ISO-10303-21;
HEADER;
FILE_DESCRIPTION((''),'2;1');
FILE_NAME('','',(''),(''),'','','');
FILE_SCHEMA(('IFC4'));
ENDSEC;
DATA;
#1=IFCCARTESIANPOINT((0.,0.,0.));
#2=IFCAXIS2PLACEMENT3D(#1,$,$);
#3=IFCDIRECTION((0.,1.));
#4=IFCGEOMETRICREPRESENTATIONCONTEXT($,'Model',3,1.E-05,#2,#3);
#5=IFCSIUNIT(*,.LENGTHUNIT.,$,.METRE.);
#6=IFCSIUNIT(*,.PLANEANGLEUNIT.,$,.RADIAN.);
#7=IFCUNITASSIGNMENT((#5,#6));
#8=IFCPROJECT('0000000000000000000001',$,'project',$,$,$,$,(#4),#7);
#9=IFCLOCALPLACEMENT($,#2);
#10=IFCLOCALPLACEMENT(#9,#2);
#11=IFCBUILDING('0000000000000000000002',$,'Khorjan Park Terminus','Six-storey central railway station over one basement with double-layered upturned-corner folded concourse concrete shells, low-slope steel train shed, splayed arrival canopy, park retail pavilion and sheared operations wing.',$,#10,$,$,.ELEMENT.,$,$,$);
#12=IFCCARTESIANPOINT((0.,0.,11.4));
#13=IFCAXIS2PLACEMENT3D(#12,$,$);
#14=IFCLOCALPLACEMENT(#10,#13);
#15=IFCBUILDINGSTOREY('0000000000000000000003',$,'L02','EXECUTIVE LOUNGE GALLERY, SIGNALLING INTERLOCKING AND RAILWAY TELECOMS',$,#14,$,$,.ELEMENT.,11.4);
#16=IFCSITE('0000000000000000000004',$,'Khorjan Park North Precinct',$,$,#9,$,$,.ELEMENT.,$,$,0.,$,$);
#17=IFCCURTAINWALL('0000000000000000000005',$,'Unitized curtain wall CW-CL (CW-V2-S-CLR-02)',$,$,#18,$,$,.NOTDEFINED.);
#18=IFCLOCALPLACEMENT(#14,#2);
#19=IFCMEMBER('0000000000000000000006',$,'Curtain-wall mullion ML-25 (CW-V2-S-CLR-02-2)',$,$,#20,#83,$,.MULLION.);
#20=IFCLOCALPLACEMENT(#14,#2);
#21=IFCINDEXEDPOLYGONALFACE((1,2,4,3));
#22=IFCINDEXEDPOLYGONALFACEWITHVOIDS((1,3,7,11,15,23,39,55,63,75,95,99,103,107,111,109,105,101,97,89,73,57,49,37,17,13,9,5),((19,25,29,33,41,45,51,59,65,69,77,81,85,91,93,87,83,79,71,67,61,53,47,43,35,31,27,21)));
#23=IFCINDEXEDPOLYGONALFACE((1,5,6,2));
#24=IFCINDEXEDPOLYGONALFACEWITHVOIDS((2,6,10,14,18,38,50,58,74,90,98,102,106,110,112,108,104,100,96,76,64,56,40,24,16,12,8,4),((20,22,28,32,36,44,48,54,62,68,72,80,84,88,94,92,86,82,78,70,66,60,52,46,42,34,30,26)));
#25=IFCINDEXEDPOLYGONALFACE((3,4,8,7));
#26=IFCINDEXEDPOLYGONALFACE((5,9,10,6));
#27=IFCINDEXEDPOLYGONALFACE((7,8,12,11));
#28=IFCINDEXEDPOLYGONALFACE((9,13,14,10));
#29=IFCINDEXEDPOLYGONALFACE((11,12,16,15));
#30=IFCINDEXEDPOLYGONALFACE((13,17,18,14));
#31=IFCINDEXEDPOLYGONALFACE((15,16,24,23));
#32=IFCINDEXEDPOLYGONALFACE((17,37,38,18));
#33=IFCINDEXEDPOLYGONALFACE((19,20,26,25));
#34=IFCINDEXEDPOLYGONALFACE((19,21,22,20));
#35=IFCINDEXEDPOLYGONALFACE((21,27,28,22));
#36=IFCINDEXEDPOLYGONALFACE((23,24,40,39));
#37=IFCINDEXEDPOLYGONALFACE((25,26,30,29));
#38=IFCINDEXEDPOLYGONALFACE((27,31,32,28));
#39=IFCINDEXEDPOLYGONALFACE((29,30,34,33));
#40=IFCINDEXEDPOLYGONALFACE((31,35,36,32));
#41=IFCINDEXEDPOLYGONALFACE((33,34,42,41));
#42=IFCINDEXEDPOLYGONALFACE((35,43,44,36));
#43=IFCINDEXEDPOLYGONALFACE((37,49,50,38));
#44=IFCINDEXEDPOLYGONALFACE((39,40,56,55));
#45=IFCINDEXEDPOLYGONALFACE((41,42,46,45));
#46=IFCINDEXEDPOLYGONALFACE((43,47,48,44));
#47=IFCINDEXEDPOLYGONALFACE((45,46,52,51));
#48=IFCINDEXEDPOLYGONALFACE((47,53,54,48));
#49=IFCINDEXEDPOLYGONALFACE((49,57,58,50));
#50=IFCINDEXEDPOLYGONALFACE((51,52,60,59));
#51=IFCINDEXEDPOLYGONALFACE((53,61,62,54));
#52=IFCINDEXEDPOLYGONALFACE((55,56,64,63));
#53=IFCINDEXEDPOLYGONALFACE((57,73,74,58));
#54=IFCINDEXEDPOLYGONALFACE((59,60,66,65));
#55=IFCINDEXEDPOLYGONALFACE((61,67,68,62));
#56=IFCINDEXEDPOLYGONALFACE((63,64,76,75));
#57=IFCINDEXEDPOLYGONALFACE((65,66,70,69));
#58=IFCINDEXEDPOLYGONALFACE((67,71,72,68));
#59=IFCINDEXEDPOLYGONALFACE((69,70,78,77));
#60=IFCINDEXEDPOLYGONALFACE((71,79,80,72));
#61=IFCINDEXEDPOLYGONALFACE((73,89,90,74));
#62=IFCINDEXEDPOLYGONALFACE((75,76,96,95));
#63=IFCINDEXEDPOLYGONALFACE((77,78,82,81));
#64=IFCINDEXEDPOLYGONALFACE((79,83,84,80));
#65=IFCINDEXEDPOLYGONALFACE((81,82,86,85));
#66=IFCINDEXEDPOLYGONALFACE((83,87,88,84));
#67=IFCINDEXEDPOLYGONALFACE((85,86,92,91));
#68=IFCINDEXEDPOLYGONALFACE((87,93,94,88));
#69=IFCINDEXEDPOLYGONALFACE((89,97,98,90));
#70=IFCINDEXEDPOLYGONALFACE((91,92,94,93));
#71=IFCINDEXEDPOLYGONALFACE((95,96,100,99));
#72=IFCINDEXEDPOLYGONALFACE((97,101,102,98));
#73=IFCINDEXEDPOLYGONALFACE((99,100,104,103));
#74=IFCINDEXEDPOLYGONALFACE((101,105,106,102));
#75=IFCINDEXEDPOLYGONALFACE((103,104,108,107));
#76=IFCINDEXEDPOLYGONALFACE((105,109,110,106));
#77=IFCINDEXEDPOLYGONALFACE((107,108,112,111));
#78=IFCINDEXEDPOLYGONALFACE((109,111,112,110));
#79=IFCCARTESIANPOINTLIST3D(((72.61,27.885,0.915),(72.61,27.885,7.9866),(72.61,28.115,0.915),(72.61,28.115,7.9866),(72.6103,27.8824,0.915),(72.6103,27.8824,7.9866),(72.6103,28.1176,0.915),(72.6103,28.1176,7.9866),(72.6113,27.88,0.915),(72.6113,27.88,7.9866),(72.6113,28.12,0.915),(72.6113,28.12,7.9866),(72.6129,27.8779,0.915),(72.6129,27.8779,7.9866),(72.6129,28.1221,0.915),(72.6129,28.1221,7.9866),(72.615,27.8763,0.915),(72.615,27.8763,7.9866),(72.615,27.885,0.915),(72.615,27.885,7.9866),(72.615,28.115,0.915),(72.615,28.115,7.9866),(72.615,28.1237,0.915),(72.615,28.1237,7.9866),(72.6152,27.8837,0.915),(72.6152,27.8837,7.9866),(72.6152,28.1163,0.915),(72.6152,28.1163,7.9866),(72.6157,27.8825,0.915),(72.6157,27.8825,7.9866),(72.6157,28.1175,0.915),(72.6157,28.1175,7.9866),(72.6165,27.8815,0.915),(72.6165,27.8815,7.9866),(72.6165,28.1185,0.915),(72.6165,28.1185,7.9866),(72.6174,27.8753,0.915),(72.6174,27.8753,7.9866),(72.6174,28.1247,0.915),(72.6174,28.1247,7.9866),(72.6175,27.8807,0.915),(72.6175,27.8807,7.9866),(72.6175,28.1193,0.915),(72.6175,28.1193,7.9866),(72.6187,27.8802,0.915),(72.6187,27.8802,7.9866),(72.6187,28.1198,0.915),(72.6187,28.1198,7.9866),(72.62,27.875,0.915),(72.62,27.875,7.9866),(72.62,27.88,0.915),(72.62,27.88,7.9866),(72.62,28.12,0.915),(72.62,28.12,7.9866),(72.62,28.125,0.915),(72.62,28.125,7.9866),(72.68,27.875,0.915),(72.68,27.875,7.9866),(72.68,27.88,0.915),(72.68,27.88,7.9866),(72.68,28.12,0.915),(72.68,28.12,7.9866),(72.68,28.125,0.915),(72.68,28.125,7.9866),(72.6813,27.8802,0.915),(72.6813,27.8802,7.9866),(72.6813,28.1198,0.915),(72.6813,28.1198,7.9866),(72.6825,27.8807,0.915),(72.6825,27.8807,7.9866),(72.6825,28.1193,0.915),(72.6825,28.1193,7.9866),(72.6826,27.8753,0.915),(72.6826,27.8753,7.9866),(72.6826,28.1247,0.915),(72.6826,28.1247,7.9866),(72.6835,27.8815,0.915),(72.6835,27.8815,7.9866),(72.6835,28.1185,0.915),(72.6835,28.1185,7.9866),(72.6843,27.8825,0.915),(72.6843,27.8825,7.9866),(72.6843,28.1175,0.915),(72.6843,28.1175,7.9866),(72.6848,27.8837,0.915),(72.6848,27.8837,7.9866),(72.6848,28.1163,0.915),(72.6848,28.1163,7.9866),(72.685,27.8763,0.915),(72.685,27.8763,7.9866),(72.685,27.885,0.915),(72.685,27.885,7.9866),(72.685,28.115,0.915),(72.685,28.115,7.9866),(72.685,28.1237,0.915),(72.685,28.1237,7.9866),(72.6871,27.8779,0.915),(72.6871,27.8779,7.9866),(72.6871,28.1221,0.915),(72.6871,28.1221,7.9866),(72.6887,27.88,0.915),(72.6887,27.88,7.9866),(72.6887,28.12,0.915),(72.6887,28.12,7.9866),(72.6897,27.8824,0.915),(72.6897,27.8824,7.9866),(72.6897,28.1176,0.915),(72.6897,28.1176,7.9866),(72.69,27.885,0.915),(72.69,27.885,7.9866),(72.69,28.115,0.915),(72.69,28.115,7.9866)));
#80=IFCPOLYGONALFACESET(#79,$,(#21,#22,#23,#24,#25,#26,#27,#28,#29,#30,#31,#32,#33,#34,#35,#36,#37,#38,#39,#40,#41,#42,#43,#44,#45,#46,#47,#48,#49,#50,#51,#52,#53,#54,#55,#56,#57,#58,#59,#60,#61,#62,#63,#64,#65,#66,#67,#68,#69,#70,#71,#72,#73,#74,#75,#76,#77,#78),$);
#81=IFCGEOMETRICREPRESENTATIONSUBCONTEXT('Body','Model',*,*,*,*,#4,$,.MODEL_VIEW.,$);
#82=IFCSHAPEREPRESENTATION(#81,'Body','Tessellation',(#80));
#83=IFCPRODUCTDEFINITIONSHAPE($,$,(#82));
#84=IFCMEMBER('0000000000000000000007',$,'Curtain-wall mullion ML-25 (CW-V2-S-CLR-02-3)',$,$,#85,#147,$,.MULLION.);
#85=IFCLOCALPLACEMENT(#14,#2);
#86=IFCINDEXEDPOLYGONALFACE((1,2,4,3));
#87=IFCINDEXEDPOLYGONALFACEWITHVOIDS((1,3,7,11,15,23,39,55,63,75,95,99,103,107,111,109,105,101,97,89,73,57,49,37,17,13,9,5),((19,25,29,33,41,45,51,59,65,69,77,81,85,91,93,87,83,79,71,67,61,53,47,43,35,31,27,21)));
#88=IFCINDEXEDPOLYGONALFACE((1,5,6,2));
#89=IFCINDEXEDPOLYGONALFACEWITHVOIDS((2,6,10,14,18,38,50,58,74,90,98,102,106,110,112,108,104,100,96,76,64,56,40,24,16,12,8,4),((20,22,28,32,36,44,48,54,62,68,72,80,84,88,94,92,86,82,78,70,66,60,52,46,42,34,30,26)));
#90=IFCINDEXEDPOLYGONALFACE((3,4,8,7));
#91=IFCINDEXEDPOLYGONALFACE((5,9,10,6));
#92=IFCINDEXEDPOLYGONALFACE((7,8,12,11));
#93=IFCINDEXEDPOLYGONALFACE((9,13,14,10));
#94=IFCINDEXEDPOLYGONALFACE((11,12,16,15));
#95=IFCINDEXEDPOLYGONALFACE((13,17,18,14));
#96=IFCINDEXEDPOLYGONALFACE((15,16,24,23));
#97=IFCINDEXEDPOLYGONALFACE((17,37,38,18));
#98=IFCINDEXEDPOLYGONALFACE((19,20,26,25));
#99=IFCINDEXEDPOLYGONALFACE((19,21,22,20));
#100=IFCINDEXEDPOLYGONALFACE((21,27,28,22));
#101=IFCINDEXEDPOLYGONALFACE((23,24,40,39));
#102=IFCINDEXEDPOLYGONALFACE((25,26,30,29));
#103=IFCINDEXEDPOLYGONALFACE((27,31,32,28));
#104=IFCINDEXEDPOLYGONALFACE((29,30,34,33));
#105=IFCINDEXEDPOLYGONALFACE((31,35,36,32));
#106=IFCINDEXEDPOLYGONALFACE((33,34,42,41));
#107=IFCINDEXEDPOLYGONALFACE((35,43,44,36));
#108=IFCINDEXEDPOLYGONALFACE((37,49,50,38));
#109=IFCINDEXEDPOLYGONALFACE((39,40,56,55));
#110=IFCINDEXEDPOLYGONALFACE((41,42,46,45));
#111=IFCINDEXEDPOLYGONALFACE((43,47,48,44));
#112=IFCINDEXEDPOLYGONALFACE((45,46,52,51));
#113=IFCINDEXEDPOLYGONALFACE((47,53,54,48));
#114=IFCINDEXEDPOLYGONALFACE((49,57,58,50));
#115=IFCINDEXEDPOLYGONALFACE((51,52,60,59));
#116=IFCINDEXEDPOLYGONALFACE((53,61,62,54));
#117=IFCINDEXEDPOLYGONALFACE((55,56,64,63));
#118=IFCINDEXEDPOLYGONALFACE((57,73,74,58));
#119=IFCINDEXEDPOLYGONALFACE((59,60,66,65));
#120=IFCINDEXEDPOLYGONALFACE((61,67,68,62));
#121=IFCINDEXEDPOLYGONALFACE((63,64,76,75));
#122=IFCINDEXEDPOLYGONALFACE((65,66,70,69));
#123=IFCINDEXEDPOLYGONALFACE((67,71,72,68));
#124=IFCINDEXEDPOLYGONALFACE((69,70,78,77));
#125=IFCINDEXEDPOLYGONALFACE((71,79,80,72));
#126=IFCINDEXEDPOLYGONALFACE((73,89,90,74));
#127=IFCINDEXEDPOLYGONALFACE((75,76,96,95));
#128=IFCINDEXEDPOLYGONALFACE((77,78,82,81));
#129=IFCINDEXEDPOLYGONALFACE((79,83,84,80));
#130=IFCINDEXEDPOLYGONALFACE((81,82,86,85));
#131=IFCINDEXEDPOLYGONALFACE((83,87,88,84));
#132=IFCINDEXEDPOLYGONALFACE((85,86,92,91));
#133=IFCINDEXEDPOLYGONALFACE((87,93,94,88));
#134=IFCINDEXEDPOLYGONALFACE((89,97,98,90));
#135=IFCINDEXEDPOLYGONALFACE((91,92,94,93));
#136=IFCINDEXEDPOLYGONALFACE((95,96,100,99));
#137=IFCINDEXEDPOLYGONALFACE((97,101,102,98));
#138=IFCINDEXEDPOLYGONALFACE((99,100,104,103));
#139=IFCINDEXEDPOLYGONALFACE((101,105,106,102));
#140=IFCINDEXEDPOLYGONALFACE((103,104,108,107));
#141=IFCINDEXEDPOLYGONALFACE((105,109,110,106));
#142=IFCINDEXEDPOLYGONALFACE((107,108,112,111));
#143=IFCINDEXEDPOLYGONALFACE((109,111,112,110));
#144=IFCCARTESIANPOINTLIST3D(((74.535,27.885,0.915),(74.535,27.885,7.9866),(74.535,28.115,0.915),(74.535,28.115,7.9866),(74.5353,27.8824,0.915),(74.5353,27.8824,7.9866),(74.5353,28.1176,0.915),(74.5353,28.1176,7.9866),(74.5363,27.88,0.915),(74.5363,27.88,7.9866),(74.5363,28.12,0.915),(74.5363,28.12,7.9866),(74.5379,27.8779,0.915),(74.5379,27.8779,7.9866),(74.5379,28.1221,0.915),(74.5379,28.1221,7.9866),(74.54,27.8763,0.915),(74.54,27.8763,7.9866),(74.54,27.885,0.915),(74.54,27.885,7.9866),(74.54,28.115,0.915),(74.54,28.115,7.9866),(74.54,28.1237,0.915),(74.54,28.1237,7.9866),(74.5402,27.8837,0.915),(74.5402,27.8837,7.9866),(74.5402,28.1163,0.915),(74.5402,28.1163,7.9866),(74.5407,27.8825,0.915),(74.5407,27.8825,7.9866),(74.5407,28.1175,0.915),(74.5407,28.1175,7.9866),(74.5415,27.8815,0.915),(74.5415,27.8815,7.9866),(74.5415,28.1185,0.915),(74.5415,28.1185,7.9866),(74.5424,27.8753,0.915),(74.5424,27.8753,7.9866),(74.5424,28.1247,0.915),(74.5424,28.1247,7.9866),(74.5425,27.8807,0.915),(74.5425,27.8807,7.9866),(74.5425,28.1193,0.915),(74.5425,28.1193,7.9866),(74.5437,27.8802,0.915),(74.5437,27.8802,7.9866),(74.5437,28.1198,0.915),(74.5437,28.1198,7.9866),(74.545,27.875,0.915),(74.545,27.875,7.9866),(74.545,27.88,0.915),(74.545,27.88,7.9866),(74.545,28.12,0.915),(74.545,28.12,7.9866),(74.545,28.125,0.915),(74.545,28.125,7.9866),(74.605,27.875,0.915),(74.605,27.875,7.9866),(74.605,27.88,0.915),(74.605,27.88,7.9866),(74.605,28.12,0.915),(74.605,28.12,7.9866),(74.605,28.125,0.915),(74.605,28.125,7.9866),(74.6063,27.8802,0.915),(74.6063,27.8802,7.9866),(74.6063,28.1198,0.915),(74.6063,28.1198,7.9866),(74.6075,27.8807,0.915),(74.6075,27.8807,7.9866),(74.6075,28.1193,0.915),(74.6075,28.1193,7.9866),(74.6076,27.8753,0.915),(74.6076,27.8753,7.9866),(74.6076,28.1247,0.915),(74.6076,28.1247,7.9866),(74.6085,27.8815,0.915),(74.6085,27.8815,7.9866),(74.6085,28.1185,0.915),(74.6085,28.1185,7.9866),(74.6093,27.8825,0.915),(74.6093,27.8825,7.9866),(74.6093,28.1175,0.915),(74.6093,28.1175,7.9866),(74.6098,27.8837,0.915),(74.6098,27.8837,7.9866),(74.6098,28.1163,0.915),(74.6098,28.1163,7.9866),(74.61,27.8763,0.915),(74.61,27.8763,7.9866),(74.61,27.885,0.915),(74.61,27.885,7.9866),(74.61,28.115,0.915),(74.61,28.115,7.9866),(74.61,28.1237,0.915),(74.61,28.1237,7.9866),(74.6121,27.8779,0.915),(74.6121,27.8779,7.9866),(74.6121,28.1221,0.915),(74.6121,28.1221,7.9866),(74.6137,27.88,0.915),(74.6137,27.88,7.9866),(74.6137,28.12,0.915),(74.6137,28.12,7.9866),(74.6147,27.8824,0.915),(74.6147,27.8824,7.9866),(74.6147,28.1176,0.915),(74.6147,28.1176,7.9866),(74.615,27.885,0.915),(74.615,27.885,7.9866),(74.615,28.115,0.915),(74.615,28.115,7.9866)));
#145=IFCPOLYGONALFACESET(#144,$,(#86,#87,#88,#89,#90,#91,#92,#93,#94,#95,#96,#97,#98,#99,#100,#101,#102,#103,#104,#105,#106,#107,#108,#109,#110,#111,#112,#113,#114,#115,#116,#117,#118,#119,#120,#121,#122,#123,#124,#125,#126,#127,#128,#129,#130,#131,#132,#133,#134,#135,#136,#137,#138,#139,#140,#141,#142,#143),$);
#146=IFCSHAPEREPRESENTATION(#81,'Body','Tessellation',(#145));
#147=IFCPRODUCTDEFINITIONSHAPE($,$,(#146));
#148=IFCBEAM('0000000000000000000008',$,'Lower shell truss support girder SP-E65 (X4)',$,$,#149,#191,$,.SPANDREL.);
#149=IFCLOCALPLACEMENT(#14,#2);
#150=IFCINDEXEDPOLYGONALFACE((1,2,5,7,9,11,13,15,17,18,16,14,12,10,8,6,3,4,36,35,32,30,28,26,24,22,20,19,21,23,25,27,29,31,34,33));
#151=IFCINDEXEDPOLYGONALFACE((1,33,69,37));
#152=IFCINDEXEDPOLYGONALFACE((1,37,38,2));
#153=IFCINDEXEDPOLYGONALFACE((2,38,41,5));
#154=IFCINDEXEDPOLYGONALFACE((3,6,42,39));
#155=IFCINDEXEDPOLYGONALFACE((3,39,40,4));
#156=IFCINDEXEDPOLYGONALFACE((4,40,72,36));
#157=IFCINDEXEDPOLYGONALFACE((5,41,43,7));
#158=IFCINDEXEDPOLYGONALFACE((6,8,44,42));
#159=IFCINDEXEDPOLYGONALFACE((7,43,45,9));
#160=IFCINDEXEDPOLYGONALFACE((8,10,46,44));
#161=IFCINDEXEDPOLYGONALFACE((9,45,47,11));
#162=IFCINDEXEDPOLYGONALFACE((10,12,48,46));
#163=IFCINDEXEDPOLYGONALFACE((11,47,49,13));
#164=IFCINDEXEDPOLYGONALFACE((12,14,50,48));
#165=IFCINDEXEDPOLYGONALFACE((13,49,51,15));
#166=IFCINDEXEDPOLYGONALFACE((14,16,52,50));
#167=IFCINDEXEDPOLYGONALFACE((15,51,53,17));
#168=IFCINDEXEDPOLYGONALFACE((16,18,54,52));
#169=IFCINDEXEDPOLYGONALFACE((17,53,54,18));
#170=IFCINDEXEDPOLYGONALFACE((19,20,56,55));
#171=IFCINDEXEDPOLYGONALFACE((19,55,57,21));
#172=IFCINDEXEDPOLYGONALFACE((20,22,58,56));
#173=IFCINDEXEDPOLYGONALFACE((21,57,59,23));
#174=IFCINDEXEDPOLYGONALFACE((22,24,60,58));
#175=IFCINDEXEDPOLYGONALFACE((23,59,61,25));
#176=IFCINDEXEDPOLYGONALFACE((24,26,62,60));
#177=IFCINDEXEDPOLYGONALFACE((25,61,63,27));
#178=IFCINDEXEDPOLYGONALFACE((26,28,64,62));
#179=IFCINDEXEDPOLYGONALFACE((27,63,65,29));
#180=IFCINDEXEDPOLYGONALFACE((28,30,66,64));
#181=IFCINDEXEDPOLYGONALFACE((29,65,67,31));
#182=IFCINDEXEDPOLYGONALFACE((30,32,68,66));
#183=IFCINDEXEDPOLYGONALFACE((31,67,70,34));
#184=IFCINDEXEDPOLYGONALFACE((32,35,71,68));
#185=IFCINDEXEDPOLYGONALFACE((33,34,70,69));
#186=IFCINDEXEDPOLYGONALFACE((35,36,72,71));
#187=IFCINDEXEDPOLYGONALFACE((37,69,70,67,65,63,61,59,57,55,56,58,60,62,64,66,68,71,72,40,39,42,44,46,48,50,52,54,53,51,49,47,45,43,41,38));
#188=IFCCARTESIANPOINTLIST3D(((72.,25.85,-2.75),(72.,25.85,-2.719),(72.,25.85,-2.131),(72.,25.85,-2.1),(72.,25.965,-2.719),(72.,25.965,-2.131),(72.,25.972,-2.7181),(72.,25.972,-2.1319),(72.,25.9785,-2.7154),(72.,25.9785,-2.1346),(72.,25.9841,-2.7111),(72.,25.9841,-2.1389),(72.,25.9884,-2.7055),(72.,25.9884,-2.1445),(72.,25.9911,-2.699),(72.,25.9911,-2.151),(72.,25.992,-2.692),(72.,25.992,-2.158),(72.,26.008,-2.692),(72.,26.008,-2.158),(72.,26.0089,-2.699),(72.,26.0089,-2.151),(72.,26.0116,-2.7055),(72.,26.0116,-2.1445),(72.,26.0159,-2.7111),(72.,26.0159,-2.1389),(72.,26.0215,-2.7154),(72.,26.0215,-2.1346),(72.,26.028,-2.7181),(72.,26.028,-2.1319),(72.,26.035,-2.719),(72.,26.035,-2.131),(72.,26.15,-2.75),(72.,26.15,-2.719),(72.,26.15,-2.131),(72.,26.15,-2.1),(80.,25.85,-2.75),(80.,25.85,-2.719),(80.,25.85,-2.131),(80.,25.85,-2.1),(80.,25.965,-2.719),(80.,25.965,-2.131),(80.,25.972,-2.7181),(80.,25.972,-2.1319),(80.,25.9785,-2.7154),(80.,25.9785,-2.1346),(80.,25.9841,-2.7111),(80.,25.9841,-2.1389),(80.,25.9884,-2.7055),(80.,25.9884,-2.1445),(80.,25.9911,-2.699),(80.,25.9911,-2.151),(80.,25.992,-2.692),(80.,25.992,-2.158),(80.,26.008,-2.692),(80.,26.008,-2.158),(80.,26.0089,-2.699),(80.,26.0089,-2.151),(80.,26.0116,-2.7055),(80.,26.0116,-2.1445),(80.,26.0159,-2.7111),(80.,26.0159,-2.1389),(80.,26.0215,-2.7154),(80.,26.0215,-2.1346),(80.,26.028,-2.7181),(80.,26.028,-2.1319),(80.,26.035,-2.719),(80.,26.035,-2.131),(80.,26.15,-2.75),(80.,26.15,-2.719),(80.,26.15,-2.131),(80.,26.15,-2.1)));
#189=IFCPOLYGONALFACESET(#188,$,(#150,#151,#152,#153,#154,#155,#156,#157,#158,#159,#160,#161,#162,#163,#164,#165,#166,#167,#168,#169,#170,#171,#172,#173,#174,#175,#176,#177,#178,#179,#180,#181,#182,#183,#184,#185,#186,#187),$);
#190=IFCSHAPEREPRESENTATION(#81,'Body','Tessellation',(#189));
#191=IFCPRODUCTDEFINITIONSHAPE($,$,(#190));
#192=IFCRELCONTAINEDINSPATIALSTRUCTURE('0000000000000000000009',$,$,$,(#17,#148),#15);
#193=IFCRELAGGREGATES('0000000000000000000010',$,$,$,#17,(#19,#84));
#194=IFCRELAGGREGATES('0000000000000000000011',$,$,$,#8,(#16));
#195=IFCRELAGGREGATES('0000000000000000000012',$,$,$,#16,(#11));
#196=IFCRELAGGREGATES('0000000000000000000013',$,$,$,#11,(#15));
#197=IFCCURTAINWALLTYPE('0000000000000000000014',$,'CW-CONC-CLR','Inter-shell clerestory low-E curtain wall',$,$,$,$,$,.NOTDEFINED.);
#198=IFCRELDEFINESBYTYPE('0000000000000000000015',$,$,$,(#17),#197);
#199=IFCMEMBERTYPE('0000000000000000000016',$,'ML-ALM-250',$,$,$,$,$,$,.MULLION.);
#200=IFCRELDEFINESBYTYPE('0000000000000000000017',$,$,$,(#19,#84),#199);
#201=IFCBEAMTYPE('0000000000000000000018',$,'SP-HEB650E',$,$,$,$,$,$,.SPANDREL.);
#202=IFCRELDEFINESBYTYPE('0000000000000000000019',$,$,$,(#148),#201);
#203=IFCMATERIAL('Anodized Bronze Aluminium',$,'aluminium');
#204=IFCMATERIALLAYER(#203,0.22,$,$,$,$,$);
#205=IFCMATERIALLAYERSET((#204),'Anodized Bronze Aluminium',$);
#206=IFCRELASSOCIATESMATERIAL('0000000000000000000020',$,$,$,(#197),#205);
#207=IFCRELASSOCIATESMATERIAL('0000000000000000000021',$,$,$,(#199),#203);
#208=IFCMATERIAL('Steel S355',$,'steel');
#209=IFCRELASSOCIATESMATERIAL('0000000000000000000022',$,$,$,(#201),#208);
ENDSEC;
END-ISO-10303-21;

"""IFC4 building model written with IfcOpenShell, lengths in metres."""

from ifc_helpers import new_model, si_unit, direction, frame, origin, origin_2d, place, context, subcontext, project, spatial, hollow_rectangle, i_section, extrude, material, layer, layer_set, material_profile, profile_set, type_object, element, aggregate, save


model = new_model("IFC4")

# Units and contexts
model_context = context("Model", 3, precision=1e-05, world=origin(), true_north=direction((0.0, 1.0)))
body_context = subcontext(model_context, "Body", "Model", "MODEL_VIEW")
ifc_project = project(units=[si_unit("LENGTHUNIT", "METRE"), si_unit("PLANEANGLEUNIT", "RADIAN")], contexts=[model_context])

# Site, building, storey
site_placement = place(None, origin())
site = spatial("IfcSite", under=ifc_project, at=site_placement, Name="Khorjan Park North Precinct", CompositionType="ELEMENT", RefElevation=0.0)
building_placement = place(site_placement, origin())
building = spatial("IfcBuilding", under=site, at=building_placement, Name="Khorjan Park Terminus", Description="Six-storey central railway station over one basement with double-layered upturned-corner folded concourse concrete shells, low-slope steel train shed, splayed arrival canopy, park retail pavilion and sheared operations wing.", CompositionType="ELEMENT")
storey_placement = place(building_placement, frame((0.0, 0.0, 11.4)))
storey = spatial("IfcBuildingStorey", under=building, at=storey_placement, Name="L02", Description="EXECUTIVE LOUNGE GALLERY, SIGNALLING INTERLOCKING AND RAILWAY TELECOMS", CompositionType="ELEMENT", Elevation=11.4)

# Shared definitions
ifc_material_1 = material(Name="Steel S355", Category="steel")

# Curtain wall, members
ifc_material_2 = material(Name="Anodized Bronze Aluminium", Category="aluminium")
ifc_layer_1 = layer(ifc_material_2, 0.22)
ifc_layer_set_1 = layer_set([ifc_layer_1], Name="Anodized Bronze Aluminium")
curtain_wall_type = type_object("IfcCurtainWallType", Name="CW-CONC-CLR", Description="Inter-shell clerestory low-E curtain wall", PredefinedType="NOTDEFINED", material=ifc_layer_set_1)
curtain_wall_placement = place(storey_placement, origin())
curtain_wall = element("IfcCurtainWall", 1, at=curtain_wall_placement, inside=storey, type_object=curtain_wall_type, Name="Unitized curtain wall CW-CL (CW-V2-S-CLR-02)", PredefinedType="NOTDEFINED")
ifc_material_profile_1 = material_profile(ifc_material_2, hollow_rectangle(XDim=0.08, YDim=0.25, WallThickness=0.005, InnerFilletRadius=0.005, OuterFilletRadius=0.01, at=origin_2d()), Name="ALM 80x250x5")
ifc_profile_set_1 = profile_set([ifc_material_profile_1], Name="Anodized Bronze Aluminium")
member_type_1 = type_object("IfcMemberType", Name="ML-ALM-250", PredefinedType="MULLION", material=ifc_profile_set_1)
member_1_placement = place(storey_placement, frame((72.65, 28.0, 0.915), z_axis=(0.0, 0.0, 1.0), x_axis=(1.0, 0.0, 0.0)))
member_1 = element("IfcMember", 2, at=member_1_placement, type_object=member_type_1, Name="Curtain-wall mullion ML-25 (CW-V2-S-CLR-02-2)", PredefinedType="MULLION", context=body_context, shape_type="SweptSolid", body=[
    extrude(hollow_rectangle(XDim=0.08, YDim=0.25, WallThickness=0.005, InnerFilletRadius=0.005, OuterFilletRadius=0.01, at=origin_2d()), origin(), (0.0, 0.0, 1.0), 7.0716),
])
member_2_placement = place(storey_placement, frame((74.575, 28.0, 0.915), z_axis=(0.0, 0.0, 1.0), x_axis=(1.0, 0.0, 0.0)))
member_2 = element("IfcMember", 3, at=member_2_placement, type_object=member_type_1, Name="Curtain-wall mullion ML-25 (CW-V2-S-CLR-02-3)", PredefinedType="MULLION", context=body_context, shape_type="SweptSolid", body=[
    extrude(hollow_rectangle(XDim=0.08, YDim=0.25, WallThickness=0.005, InnerFilletRadius=0.005, OuterFilletRadius=0.01, at=origin_2d()), origin(), (0.0, 0.0, 1.0), 7.0716),
])

# Beam
ifc_material_profile_2 = material_profile(ifc_material_1, i_section(OverallWidth=0.3, OverallDepth=0.65, WebThickness=0.016, FlangeThickness=0.031, FilletRadius=0.027, at=origin_2d()), Name="HEB 650")
ifc_profile_set_2 = profile_set([ifc_material_profile_2], Name="Steel S355")
beam_type_1 = type_object("IfcBeamType", Name="SP-HEB650E", PredefinedType="SPANDREL", material=ifc_profile_set_2)
beam_1_placement = place(storey_placement, frame((72.0, 26.0, -2.425), z_axis=(1.0, 0.0, 0.0), x_axis=(0.0, 1.0, 0.0)))
element("IfcBeam", 4, at=beam_1_placement, inside=storey, type_object=beam_type_1, Name="Lower shell truss support girder SP-E65 (X4)", PredefinedType="SPANDREL", context=body_context, shape_type="SweptSolid", body=[
    extrude(i_section(OverallWidth=0.3, OverallDepth=0.65, WebThickness=0.016, FlangeThickness=0.031, FilletRadius=0.027, at=origin_2d()), origin(), (0.0, 0.0, 1.0), 8.0),
])

aggregate(curtain_wall, [member_1, member_2])

save(model, "model.ifc")
